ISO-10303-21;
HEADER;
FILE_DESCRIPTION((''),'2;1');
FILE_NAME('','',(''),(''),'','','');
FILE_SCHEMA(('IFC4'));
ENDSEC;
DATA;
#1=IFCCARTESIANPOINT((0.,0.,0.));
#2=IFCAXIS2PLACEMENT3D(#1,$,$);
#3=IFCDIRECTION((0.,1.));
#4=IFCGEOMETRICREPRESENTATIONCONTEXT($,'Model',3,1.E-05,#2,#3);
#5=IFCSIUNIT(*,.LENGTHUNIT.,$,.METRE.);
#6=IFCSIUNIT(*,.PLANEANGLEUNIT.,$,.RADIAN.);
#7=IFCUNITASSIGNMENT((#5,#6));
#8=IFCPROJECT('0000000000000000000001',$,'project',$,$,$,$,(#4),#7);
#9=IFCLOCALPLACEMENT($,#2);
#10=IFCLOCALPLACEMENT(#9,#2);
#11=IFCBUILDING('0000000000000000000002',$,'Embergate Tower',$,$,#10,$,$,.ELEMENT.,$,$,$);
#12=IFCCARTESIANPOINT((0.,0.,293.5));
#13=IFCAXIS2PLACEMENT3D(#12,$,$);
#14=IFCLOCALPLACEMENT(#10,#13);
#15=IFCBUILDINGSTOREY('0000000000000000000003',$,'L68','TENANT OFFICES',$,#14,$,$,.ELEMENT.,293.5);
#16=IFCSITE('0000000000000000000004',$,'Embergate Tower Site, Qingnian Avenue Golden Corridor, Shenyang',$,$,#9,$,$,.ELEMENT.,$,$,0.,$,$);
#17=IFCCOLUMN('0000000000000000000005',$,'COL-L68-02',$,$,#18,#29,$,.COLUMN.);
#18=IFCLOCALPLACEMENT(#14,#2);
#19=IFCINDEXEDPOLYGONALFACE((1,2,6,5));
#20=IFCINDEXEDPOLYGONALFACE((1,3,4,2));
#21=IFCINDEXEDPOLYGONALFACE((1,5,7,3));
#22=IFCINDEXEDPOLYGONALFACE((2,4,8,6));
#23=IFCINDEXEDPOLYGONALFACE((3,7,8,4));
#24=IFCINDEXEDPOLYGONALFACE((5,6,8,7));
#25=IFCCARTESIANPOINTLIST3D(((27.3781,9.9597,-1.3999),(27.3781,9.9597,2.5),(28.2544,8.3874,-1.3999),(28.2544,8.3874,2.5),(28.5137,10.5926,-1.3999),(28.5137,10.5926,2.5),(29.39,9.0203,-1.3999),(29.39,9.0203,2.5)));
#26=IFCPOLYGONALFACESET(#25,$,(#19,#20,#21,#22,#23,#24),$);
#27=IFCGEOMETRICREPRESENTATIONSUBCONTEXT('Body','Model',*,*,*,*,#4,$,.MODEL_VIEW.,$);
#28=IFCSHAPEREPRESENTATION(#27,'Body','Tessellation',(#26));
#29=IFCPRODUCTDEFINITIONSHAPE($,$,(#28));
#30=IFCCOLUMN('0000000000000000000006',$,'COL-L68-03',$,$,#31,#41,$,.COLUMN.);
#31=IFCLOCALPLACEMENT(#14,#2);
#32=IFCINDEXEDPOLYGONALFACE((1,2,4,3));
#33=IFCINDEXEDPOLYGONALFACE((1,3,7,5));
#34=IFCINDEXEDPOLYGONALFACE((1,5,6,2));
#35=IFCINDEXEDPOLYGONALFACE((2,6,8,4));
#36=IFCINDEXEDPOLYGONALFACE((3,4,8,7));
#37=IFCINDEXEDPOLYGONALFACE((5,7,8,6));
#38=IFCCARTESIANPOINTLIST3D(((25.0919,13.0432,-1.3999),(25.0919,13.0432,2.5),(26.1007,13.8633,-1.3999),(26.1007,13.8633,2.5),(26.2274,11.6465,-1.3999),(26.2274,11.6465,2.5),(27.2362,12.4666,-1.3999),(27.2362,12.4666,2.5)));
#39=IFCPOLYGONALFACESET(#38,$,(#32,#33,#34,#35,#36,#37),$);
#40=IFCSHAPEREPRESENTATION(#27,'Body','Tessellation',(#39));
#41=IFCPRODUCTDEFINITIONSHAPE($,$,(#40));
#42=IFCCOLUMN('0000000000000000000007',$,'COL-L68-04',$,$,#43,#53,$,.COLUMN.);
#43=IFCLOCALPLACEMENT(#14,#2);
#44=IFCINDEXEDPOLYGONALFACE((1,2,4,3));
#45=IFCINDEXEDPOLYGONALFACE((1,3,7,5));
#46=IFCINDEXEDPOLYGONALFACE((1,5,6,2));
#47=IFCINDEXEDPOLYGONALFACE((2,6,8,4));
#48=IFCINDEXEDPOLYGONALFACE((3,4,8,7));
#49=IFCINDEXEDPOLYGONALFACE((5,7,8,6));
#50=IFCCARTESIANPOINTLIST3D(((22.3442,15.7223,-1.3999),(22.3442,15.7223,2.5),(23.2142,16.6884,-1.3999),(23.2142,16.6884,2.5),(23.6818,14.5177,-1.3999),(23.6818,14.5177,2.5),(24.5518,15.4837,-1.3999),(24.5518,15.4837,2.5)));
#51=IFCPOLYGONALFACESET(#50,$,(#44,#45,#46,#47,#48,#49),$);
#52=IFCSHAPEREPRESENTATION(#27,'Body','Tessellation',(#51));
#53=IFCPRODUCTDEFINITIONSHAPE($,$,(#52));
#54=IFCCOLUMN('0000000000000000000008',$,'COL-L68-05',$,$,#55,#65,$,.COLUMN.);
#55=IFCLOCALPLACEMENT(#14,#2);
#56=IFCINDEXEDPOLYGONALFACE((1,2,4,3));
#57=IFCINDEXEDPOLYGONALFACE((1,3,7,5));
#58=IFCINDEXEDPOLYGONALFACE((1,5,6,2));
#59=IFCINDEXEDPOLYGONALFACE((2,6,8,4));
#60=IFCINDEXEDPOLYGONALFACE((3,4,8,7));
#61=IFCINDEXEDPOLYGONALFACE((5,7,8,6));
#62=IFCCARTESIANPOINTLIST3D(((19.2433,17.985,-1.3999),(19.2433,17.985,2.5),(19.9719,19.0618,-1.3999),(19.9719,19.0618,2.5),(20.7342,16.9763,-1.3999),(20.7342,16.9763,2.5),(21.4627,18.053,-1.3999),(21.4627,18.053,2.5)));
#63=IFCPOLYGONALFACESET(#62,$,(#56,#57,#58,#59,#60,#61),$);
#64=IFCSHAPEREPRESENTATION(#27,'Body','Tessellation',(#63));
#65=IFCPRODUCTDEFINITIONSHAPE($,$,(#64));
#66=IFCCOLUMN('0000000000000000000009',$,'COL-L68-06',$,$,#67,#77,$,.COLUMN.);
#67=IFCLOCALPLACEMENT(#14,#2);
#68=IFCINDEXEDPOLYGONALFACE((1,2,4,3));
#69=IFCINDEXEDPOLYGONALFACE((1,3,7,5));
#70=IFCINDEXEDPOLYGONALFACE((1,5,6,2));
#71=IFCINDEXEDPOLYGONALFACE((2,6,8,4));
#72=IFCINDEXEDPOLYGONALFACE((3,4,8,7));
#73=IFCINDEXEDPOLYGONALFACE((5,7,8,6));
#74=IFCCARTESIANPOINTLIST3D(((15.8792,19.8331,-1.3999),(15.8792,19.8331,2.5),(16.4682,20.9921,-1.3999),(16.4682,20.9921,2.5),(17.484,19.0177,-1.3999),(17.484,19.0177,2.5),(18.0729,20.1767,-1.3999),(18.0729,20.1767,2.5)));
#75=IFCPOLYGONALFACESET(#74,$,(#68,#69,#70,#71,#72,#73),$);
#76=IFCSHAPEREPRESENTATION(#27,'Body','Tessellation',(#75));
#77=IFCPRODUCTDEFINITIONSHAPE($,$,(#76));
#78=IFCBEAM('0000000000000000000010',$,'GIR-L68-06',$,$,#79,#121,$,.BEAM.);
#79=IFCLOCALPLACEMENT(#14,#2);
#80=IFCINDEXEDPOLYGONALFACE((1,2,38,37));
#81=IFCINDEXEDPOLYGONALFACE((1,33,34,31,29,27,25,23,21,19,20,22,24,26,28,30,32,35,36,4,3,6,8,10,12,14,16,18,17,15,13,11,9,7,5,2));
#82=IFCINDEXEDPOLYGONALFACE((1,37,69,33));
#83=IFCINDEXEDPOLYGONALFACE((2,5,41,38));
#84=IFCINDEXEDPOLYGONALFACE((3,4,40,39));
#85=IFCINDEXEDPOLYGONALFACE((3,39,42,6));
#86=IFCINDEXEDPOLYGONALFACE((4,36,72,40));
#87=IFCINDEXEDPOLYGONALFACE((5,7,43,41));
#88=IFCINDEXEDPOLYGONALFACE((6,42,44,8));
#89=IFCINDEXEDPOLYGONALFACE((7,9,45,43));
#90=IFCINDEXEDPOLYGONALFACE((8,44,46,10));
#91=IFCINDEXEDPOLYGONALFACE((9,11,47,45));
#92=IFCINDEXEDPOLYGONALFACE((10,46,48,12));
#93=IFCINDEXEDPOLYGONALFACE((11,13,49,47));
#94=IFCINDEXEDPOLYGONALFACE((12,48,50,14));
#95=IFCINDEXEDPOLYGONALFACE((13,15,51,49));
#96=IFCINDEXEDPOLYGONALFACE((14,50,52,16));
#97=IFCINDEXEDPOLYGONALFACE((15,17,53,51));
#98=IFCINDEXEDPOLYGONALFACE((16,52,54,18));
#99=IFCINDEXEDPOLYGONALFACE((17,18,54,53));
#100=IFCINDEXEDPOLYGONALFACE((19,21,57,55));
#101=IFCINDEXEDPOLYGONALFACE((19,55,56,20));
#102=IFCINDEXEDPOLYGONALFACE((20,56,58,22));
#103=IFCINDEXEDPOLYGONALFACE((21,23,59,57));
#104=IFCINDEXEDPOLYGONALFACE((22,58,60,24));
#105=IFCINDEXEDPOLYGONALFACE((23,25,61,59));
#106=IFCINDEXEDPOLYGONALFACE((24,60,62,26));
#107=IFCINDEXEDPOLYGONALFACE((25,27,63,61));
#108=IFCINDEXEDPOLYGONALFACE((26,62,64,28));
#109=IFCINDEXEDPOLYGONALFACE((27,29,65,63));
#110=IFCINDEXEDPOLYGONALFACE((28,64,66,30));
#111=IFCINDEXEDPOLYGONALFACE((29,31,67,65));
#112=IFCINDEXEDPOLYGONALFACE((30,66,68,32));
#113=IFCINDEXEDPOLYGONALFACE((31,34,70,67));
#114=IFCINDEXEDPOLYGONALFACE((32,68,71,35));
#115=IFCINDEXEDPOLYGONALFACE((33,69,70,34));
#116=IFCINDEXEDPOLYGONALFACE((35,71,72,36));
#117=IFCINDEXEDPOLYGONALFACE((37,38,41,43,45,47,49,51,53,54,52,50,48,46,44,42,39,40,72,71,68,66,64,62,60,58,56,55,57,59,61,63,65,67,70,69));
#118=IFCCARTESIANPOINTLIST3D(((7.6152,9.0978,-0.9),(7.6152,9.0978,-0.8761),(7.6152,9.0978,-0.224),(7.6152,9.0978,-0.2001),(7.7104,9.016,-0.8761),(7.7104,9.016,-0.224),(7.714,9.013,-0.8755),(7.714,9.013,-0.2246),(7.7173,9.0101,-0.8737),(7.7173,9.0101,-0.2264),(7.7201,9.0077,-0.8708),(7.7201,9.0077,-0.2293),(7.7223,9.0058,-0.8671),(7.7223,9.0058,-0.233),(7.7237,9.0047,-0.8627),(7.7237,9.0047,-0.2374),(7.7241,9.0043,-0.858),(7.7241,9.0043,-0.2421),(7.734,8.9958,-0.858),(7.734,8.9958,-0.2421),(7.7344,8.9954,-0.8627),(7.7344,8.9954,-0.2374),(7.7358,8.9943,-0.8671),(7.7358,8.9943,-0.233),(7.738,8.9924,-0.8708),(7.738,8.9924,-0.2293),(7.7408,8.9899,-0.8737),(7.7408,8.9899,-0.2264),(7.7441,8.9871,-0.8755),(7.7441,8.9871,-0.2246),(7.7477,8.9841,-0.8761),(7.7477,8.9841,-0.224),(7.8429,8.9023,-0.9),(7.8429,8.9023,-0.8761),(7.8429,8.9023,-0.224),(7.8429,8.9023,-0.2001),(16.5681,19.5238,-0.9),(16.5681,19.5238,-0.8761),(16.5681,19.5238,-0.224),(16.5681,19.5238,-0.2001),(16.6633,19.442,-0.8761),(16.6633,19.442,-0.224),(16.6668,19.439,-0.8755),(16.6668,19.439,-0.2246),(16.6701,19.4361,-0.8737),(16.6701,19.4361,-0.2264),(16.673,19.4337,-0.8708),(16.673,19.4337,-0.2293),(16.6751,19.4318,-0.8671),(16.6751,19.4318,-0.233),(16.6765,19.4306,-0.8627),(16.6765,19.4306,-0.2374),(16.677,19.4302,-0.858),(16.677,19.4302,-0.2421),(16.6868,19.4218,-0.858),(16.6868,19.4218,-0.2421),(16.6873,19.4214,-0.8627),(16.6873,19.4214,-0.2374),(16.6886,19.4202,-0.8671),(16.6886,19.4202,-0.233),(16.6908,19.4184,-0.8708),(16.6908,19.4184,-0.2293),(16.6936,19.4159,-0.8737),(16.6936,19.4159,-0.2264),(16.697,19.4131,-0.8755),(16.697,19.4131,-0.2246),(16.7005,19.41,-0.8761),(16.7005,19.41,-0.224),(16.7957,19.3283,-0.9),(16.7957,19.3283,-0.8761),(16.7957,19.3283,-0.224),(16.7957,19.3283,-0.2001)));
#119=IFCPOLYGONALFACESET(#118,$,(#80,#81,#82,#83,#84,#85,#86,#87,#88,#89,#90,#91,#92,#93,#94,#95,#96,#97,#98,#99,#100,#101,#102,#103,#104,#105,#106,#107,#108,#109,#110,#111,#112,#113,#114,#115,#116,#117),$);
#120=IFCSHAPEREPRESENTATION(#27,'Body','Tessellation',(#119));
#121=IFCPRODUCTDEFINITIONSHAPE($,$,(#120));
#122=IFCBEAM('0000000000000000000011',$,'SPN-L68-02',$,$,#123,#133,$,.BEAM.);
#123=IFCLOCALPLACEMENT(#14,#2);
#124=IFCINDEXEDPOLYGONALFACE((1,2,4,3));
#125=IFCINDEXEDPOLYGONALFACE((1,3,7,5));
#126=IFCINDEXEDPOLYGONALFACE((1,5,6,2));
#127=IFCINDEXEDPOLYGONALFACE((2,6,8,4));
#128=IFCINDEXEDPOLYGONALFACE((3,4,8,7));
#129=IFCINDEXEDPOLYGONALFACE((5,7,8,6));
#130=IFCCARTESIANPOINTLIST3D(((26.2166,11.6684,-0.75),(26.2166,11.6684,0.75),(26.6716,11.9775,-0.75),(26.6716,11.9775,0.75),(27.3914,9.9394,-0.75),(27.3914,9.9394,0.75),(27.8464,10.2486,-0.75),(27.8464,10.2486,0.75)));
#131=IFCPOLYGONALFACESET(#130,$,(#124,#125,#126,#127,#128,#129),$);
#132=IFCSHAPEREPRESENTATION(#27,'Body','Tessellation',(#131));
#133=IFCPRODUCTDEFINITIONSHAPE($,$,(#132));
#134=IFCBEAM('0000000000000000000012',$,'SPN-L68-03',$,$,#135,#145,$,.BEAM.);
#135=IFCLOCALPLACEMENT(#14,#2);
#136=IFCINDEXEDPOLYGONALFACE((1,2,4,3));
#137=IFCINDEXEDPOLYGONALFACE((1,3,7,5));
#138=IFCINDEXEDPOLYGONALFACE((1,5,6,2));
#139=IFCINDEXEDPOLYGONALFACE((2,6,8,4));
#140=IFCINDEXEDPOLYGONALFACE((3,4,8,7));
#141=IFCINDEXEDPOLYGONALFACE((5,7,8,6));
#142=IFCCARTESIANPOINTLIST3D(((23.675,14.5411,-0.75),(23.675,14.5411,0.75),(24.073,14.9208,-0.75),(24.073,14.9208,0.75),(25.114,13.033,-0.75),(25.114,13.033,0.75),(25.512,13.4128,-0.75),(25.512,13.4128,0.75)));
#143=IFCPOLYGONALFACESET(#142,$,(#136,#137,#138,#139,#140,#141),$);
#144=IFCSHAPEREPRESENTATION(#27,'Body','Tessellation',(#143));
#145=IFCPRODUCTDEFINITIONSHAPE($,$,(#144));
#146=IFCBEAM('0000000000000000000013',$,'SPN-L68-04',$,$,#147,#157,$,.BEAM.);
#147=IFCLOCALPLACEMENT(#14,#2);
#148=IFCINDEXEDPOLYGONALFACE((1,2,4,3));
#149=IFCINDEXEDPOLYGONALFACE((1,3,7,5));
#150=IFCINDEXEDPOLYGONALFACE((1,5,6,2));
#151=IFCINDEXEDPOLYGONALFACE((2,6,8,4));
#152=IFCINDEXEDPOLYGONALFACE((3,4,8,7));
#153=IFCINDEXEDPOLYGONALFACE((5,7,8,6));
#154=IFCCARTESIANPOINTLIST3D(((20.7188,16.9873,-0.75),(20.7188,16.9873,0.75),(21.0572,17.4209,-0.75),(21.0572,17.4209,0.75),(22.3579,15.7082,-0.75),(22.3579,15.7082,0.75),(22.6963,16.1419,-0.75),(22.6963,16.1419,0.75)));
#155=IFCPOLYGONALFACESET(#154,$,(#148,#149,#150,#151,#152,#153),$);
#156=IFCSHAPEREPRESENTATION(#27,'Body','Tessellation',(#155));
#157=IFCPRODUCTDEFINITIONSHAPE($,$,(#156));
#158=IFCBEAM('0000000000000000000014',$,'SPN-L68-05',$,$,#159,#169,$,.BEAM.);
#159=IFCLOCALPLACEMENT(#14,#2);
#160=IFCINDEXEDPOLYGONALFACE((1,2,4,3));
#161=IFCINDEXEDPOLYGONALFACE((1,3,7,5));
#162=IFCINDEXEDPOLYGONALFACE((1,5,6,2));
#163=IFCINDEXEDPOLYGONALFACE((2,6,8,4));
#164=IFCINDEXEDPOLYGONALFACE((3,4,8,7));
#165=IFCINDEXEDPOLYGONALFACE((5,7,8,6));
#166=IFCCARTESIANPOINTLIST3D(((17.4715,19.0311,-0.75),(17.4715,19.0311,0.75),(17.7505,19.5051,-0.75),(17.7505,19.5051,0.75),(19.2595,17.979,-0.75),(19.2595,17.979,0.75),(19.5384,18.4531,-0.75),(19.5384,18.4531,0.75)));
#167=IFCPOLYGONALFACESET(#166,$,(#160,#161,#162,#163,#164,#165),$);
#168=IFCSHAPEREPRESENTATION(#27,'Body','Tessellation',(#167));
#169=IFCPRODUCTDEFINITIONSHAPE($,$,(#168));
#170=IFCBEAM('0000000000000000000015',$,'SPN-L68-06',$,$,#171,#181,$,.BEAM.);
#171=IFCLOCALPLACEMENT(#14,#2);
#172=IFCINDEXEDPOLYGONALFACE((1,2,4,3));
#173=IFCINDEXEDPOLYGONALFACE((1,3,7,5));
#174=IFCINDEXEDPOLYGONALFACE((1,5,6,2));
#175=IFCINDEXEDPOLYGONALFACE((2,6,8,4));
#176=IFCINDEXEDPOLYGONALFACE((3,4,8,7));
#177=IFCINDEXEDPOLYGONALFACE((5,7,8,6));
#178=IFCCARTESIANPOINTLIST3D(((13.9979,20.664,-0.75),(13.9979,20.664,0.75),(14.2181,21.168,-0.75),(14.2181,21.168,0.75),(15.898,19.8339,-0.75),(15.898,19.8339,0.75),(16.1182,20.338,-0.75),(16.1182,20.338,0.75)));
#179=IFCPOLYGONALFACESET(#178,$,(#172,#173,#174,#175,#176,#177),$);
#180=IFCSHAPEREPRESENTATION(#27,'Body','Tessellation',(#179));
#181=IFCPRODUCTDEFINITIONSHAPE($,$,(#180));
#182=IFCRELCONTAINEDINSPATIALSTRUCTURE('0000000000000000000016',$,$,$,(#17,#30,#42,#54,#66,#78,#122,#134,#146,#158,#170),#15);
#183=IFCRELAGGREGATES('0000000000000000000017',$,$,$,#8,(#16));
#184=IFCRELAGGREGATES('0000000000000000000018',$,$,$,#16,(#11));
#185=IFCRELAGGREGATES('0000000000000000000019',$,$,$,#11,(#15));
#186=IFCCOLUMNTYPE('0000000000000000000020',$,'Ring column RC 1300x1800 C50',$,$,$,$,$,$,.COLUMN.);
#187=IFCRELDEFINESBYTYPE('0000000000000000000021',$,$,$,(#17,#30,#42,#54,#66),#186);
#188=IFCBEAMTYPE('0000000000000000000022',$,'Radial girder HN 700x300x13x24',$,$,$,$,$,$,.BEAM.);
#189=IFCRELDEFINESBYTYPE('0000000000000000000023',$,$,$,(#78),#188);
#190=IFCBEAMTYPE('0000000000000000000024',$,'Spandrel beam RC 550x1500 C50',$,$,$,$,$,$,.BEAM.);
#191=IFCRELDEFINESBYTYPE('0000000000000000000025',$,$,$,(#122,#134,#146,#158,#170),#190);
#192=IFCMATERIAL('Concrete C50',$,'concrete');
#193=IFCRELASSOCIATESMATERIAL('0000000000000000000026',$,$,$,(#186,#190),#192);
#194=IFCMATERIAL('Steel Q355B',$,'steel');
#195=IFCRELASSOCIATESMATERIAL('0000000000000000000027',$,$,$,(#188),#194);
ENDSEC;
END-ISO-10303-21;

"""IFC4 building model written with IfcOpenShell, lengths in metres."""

from ifc_helpers import new_model, si_unit, direction, frame, origin, origin_2d, place, context, subcontext, project, spatial, rectangle, i_section, extrude, source, transform, mapped, material, material_profile, profile_set, type_object, element, save


model = new_model("IFC4")

# Units and contexts
model_context = context("Model", 3, precision=1e-05, world=origin(), true_north=direction((0.0, 1.0)))
body_context = subcontext(model_context, "Body", "Model", "MODEL_VIEW")
ifc_project = project(units=[si_unit("LENGTHUNIT", "METRE"), si_unit("PLANEANGLEUNIT", "RADIAN")], contexts=[model_context])

# Site, building, storey
site_placement = place(None, origin())
site = spatial("IfcSite", under=ifc_project, at=site_placement, Name="Embergate Tower Site, Qingnian Avenue Golden Corridor, Shenyang", CompositionType="ELEMENT", RefElevation=0.0)
building_placement = place(site_placement, origin())
building = spatial("IfcBuilding", under=site, at=building_placement, Name="Embergate Tower", CompositionType="ELEMENT")
storey_placement = place(building_placement, frame((0.0, 0.0, 293.5)))
storey = spatial("IfcBuildingStorey", under=building, at=storey_placement, Name="L68", Description="TENANT OFFICES", CompositionType="ELEMENT", Elevation=293.5)

# Columns
ifc_material_1 = material(Name="Concrete C50", Category="concrete")
ifc_material_profile_1 = material_profile(ifc_material_1, rectangle(XDim=1.3, YDim=1.8, at=origin_2d()), Name="RC 1300x1800")
ifc_profile_set_1 = profile_set([ifc_material_profile_1], Name="Concrete C50")
column_type = type_object("IfcColumnType", Name="Ring column RC 1300x1800 C50", PredefinedType="COLUMN", material=ifc_profile_set_1)
shared_shape_1 = source(origin(), body_context, "Body", "SweptSolid", [
    extrude(rectangle(XDim=1.3, YDim=1.8, at=origin_2d()), origin(), (0.0, 0.0, 1.0), 3.8999),
])
for number, where, z_axis, x_axis, name in (
    (1, (28.384, 9.49, -1.3999), (0.0, 0.0, 1.0), (0.8735, 0.486823, 0.0), "COL-L68-02"),
    (2, (26.1641, 12.7549, -1.3999), (0.0, 0.0, 1.0), (0.775925, 0.630825, 0.0), "COL-L68-03"),
    (3, (23.448, 15.603, -1.3999), (0.0, 0.0, 1.0), (0.669221, 0.743063, 0.0), "COL-L68-04"),
    (4, (20.353, 18.019, -1.3999), (0.0, 0.0, 1.0), (0.560393, 0.828227, 0.0), "COL-L68-05"),
    (5, (16.9761, 20.0049, -1.3999), (0.0, 0.0, 1.0), (0.453011, 0.891505, 0.0), "COL-L68-06"),
):
    element("IfcColumn", number, at=place(storey_placement, frame(where, z_axis=z_axis, x_axis=x_axis)), inside=storey, type_object=column_type, Name=name, PredefinedType="COLUMN", context=body_context, shape_type="MappedRepresentation", body=[
        mapped(shared_shape_1, transform((0.0, 0.0, 0.0))),
    ])

# Beams
ifc_material_2 = material(Name="Steel Q355B", Category="steel")
ifc_material_profile_2 = material_profile(ifc_material_2, i_section(OverallWidth=0.3, OverallDepth=0.7, WebThickness=0.0129, FlangeThickness=0.0239, FilletRadius=0.0181, at=origin_2d()), Name="HN 700x300x13x24")
ifc_profile_set_2 = profile_set([ifc_material_profile_2], Name="Steel Q355 grade B")
beam_type_1 = type_object("IfcBeamType", Name="Radial girder HN 700x300x13x24", PredefinedType="BEAM", material=ifc_profile_set_2)
shared_shape_2 = source(origin(), body_context, "Body", "SweptSolid", [
    extrude(i_section(OverallWidth=0.3, OverallDepth=0.7, WebThickness=0.0129, FlangeThickness=0.0239, FilletRadius=0.0181, at=origin_2d()), origin(), (0.0, 0.0, 1.0), 13.7424),
])
beam_1_placement = place(storey_placement, frame((16.6819, 19.426, -0.55), z_axis=(-0.651474, -0.758671, 0.0), x_axis=(0.758671, -0.651474, 0.0)))
element("IfcBeam", 6, at=beam_1_placement, inside=storey, type_object=beam_type_1, Name="GIR-L68-06", PredefinedType="BEAM", context=body_context, shape_type="MappedRepresentation", body=[
    mapped(shared_shape_2, transform((0.0, 0.0, 0.0))),
])
ifc_material_profile_3 = material_profile(ifc_material_1, rectangle(XDim=0.55, YDim=1.5, at=origin_2d()), Name="RC 550x1500")
ifc_profile_set_3 = profile_set([ifc_material_profile_3], Name="Concrete C50")
beam_type_2 = type_object("IfcBeamType", Name="Spandrel beam RC 550x1500 C50", PredefinedType="BEAM", material=ifc_profile_set_3)
shared_shape_3 = source(origin(), body_context, "Body", "SweptSolid", [
    extrude(rectangle(XDim=0.55, YDim=1.5, at=origin_2d()), origin(), (0.0, 0.0, 1.0), 2.0903),
])
beam_2_placement = place(storey_placement, frame((27.6189, 10.094, 0.0), z_axis=(-0.56201, 0.827131, 0.0), x_axis=(-0.827131, -0.56201, 0.0)))
element("IfcBeam", 7, at=beam_2_placement, inside=storey, type_object=beam_type_2, Name="SPN-L68-02", PredefinedType="BEAM", context=body_context, shape_type="MappedRepresentation", body=[
    mapped(shared_shape_3, transform((0.0, 0.0, 0.0))),
])
shared_shape_4 = source(origin(), body_context, "Body", "SweptSolid", [
    extrude(rectangle(XDim=0.55, YDim=1.5, at=origin_2d()), origin(), (0.0, 0.0, 1.0), 2.0845),
])
beam_3_placement = place(storey_placement, frame((25.313, 13.2229, 0.0), z_axis=(-0.690339, 0.723486, 0.0), x_axis=(-0.723486, -0.690339, 0.0)))
element("IfcBeam", 8, at=beam_3_placement, inside=storey, type_object=beam_type_2, Name="SPN-L68-03", PredefinedType="BEAM", context=body_context, shape_type="MappedRepresentation", body=[
    mapped(shared_shape_4, transform((0.0, 0.0, 0.0))),
])
shared_shape_5 = source(origin(), body_context, "Body", "SweptSolid", [
    extrude(rectangle(XDim=0.55, YDim=1.5, at=origin_2d()), origin(), (0.0, 0.0, 1.0), 2.0791),
])
beam_4_placement = place(storey_placement, frame((22.5271, 15.925, 0.0), z_axis=(-0.788384, 0.615184, 0.0), x_axis=(-0.615184, -0.788384, 0.0)))
element("IfcBeam", 9, at=beam_4_placement, inside=storey, type_object=beam_type_2, Name="SPN-L68-04", PredefinedType="BEAM", context=body_context, shape_type="MappedRepresentation", body=[
    mapped(shared_shape_5, transform((0.0, 0.0, 0.0))),
])
shared_shape_6 = source(origin(), body_context, "Body", "SweptSolid", [
    extrude(rectangle(XDim=0.55, YDim=1.5, at=origin_2d()), origin(), (0.0, 0.0, 1.0), 2.0745),
])
beam_5_placement = place(storey_placement, frame((19.3989, 18.2161, 0.0), z_axis=(-0.861865, 0.507138, 0.0), x_axis=(-0.507138, -0.861865, 0.0)))
element("IfcBeam", 10, at=beam_5_placement, inside=storey, type_object=beam_type_2, Name="SPN-L68-05", PredefinedType="BEAM", context=body_context, shape_type="MappedRepresentation", body=[
    mapped(shared_shape_6, transform((0.0, 0.0, 0.0))),
])
shared_shape_7 = source(origin(), body_context, "Body", "SweptSolid", [
    extrude(rectangle(XDim=0.55, YDim=1.5, at=origin_2d()), origin(), (0.0, 0.0, 1.0), 2.0735),
])
beam_6_placement = place(storey_placement, frame((16.0081, 20.0859, 0.0), z_axis=(-0.916376, 0.400318, 0.0), x_axis=(-0.400318, -0.916376, 0.0)))
element("IfcBeam", 11, at=beam_6_placement, inside=storey, type_object=beam_type_2, Name="SPN-L68-06", PredefinedType="BEAM", context=body_context, shape_type="MappedRepresentation", body=[
    mapped(shared_shape_7, transform((0.0, 0.0, 0.0))),
])

save(model, "model.ifc")
